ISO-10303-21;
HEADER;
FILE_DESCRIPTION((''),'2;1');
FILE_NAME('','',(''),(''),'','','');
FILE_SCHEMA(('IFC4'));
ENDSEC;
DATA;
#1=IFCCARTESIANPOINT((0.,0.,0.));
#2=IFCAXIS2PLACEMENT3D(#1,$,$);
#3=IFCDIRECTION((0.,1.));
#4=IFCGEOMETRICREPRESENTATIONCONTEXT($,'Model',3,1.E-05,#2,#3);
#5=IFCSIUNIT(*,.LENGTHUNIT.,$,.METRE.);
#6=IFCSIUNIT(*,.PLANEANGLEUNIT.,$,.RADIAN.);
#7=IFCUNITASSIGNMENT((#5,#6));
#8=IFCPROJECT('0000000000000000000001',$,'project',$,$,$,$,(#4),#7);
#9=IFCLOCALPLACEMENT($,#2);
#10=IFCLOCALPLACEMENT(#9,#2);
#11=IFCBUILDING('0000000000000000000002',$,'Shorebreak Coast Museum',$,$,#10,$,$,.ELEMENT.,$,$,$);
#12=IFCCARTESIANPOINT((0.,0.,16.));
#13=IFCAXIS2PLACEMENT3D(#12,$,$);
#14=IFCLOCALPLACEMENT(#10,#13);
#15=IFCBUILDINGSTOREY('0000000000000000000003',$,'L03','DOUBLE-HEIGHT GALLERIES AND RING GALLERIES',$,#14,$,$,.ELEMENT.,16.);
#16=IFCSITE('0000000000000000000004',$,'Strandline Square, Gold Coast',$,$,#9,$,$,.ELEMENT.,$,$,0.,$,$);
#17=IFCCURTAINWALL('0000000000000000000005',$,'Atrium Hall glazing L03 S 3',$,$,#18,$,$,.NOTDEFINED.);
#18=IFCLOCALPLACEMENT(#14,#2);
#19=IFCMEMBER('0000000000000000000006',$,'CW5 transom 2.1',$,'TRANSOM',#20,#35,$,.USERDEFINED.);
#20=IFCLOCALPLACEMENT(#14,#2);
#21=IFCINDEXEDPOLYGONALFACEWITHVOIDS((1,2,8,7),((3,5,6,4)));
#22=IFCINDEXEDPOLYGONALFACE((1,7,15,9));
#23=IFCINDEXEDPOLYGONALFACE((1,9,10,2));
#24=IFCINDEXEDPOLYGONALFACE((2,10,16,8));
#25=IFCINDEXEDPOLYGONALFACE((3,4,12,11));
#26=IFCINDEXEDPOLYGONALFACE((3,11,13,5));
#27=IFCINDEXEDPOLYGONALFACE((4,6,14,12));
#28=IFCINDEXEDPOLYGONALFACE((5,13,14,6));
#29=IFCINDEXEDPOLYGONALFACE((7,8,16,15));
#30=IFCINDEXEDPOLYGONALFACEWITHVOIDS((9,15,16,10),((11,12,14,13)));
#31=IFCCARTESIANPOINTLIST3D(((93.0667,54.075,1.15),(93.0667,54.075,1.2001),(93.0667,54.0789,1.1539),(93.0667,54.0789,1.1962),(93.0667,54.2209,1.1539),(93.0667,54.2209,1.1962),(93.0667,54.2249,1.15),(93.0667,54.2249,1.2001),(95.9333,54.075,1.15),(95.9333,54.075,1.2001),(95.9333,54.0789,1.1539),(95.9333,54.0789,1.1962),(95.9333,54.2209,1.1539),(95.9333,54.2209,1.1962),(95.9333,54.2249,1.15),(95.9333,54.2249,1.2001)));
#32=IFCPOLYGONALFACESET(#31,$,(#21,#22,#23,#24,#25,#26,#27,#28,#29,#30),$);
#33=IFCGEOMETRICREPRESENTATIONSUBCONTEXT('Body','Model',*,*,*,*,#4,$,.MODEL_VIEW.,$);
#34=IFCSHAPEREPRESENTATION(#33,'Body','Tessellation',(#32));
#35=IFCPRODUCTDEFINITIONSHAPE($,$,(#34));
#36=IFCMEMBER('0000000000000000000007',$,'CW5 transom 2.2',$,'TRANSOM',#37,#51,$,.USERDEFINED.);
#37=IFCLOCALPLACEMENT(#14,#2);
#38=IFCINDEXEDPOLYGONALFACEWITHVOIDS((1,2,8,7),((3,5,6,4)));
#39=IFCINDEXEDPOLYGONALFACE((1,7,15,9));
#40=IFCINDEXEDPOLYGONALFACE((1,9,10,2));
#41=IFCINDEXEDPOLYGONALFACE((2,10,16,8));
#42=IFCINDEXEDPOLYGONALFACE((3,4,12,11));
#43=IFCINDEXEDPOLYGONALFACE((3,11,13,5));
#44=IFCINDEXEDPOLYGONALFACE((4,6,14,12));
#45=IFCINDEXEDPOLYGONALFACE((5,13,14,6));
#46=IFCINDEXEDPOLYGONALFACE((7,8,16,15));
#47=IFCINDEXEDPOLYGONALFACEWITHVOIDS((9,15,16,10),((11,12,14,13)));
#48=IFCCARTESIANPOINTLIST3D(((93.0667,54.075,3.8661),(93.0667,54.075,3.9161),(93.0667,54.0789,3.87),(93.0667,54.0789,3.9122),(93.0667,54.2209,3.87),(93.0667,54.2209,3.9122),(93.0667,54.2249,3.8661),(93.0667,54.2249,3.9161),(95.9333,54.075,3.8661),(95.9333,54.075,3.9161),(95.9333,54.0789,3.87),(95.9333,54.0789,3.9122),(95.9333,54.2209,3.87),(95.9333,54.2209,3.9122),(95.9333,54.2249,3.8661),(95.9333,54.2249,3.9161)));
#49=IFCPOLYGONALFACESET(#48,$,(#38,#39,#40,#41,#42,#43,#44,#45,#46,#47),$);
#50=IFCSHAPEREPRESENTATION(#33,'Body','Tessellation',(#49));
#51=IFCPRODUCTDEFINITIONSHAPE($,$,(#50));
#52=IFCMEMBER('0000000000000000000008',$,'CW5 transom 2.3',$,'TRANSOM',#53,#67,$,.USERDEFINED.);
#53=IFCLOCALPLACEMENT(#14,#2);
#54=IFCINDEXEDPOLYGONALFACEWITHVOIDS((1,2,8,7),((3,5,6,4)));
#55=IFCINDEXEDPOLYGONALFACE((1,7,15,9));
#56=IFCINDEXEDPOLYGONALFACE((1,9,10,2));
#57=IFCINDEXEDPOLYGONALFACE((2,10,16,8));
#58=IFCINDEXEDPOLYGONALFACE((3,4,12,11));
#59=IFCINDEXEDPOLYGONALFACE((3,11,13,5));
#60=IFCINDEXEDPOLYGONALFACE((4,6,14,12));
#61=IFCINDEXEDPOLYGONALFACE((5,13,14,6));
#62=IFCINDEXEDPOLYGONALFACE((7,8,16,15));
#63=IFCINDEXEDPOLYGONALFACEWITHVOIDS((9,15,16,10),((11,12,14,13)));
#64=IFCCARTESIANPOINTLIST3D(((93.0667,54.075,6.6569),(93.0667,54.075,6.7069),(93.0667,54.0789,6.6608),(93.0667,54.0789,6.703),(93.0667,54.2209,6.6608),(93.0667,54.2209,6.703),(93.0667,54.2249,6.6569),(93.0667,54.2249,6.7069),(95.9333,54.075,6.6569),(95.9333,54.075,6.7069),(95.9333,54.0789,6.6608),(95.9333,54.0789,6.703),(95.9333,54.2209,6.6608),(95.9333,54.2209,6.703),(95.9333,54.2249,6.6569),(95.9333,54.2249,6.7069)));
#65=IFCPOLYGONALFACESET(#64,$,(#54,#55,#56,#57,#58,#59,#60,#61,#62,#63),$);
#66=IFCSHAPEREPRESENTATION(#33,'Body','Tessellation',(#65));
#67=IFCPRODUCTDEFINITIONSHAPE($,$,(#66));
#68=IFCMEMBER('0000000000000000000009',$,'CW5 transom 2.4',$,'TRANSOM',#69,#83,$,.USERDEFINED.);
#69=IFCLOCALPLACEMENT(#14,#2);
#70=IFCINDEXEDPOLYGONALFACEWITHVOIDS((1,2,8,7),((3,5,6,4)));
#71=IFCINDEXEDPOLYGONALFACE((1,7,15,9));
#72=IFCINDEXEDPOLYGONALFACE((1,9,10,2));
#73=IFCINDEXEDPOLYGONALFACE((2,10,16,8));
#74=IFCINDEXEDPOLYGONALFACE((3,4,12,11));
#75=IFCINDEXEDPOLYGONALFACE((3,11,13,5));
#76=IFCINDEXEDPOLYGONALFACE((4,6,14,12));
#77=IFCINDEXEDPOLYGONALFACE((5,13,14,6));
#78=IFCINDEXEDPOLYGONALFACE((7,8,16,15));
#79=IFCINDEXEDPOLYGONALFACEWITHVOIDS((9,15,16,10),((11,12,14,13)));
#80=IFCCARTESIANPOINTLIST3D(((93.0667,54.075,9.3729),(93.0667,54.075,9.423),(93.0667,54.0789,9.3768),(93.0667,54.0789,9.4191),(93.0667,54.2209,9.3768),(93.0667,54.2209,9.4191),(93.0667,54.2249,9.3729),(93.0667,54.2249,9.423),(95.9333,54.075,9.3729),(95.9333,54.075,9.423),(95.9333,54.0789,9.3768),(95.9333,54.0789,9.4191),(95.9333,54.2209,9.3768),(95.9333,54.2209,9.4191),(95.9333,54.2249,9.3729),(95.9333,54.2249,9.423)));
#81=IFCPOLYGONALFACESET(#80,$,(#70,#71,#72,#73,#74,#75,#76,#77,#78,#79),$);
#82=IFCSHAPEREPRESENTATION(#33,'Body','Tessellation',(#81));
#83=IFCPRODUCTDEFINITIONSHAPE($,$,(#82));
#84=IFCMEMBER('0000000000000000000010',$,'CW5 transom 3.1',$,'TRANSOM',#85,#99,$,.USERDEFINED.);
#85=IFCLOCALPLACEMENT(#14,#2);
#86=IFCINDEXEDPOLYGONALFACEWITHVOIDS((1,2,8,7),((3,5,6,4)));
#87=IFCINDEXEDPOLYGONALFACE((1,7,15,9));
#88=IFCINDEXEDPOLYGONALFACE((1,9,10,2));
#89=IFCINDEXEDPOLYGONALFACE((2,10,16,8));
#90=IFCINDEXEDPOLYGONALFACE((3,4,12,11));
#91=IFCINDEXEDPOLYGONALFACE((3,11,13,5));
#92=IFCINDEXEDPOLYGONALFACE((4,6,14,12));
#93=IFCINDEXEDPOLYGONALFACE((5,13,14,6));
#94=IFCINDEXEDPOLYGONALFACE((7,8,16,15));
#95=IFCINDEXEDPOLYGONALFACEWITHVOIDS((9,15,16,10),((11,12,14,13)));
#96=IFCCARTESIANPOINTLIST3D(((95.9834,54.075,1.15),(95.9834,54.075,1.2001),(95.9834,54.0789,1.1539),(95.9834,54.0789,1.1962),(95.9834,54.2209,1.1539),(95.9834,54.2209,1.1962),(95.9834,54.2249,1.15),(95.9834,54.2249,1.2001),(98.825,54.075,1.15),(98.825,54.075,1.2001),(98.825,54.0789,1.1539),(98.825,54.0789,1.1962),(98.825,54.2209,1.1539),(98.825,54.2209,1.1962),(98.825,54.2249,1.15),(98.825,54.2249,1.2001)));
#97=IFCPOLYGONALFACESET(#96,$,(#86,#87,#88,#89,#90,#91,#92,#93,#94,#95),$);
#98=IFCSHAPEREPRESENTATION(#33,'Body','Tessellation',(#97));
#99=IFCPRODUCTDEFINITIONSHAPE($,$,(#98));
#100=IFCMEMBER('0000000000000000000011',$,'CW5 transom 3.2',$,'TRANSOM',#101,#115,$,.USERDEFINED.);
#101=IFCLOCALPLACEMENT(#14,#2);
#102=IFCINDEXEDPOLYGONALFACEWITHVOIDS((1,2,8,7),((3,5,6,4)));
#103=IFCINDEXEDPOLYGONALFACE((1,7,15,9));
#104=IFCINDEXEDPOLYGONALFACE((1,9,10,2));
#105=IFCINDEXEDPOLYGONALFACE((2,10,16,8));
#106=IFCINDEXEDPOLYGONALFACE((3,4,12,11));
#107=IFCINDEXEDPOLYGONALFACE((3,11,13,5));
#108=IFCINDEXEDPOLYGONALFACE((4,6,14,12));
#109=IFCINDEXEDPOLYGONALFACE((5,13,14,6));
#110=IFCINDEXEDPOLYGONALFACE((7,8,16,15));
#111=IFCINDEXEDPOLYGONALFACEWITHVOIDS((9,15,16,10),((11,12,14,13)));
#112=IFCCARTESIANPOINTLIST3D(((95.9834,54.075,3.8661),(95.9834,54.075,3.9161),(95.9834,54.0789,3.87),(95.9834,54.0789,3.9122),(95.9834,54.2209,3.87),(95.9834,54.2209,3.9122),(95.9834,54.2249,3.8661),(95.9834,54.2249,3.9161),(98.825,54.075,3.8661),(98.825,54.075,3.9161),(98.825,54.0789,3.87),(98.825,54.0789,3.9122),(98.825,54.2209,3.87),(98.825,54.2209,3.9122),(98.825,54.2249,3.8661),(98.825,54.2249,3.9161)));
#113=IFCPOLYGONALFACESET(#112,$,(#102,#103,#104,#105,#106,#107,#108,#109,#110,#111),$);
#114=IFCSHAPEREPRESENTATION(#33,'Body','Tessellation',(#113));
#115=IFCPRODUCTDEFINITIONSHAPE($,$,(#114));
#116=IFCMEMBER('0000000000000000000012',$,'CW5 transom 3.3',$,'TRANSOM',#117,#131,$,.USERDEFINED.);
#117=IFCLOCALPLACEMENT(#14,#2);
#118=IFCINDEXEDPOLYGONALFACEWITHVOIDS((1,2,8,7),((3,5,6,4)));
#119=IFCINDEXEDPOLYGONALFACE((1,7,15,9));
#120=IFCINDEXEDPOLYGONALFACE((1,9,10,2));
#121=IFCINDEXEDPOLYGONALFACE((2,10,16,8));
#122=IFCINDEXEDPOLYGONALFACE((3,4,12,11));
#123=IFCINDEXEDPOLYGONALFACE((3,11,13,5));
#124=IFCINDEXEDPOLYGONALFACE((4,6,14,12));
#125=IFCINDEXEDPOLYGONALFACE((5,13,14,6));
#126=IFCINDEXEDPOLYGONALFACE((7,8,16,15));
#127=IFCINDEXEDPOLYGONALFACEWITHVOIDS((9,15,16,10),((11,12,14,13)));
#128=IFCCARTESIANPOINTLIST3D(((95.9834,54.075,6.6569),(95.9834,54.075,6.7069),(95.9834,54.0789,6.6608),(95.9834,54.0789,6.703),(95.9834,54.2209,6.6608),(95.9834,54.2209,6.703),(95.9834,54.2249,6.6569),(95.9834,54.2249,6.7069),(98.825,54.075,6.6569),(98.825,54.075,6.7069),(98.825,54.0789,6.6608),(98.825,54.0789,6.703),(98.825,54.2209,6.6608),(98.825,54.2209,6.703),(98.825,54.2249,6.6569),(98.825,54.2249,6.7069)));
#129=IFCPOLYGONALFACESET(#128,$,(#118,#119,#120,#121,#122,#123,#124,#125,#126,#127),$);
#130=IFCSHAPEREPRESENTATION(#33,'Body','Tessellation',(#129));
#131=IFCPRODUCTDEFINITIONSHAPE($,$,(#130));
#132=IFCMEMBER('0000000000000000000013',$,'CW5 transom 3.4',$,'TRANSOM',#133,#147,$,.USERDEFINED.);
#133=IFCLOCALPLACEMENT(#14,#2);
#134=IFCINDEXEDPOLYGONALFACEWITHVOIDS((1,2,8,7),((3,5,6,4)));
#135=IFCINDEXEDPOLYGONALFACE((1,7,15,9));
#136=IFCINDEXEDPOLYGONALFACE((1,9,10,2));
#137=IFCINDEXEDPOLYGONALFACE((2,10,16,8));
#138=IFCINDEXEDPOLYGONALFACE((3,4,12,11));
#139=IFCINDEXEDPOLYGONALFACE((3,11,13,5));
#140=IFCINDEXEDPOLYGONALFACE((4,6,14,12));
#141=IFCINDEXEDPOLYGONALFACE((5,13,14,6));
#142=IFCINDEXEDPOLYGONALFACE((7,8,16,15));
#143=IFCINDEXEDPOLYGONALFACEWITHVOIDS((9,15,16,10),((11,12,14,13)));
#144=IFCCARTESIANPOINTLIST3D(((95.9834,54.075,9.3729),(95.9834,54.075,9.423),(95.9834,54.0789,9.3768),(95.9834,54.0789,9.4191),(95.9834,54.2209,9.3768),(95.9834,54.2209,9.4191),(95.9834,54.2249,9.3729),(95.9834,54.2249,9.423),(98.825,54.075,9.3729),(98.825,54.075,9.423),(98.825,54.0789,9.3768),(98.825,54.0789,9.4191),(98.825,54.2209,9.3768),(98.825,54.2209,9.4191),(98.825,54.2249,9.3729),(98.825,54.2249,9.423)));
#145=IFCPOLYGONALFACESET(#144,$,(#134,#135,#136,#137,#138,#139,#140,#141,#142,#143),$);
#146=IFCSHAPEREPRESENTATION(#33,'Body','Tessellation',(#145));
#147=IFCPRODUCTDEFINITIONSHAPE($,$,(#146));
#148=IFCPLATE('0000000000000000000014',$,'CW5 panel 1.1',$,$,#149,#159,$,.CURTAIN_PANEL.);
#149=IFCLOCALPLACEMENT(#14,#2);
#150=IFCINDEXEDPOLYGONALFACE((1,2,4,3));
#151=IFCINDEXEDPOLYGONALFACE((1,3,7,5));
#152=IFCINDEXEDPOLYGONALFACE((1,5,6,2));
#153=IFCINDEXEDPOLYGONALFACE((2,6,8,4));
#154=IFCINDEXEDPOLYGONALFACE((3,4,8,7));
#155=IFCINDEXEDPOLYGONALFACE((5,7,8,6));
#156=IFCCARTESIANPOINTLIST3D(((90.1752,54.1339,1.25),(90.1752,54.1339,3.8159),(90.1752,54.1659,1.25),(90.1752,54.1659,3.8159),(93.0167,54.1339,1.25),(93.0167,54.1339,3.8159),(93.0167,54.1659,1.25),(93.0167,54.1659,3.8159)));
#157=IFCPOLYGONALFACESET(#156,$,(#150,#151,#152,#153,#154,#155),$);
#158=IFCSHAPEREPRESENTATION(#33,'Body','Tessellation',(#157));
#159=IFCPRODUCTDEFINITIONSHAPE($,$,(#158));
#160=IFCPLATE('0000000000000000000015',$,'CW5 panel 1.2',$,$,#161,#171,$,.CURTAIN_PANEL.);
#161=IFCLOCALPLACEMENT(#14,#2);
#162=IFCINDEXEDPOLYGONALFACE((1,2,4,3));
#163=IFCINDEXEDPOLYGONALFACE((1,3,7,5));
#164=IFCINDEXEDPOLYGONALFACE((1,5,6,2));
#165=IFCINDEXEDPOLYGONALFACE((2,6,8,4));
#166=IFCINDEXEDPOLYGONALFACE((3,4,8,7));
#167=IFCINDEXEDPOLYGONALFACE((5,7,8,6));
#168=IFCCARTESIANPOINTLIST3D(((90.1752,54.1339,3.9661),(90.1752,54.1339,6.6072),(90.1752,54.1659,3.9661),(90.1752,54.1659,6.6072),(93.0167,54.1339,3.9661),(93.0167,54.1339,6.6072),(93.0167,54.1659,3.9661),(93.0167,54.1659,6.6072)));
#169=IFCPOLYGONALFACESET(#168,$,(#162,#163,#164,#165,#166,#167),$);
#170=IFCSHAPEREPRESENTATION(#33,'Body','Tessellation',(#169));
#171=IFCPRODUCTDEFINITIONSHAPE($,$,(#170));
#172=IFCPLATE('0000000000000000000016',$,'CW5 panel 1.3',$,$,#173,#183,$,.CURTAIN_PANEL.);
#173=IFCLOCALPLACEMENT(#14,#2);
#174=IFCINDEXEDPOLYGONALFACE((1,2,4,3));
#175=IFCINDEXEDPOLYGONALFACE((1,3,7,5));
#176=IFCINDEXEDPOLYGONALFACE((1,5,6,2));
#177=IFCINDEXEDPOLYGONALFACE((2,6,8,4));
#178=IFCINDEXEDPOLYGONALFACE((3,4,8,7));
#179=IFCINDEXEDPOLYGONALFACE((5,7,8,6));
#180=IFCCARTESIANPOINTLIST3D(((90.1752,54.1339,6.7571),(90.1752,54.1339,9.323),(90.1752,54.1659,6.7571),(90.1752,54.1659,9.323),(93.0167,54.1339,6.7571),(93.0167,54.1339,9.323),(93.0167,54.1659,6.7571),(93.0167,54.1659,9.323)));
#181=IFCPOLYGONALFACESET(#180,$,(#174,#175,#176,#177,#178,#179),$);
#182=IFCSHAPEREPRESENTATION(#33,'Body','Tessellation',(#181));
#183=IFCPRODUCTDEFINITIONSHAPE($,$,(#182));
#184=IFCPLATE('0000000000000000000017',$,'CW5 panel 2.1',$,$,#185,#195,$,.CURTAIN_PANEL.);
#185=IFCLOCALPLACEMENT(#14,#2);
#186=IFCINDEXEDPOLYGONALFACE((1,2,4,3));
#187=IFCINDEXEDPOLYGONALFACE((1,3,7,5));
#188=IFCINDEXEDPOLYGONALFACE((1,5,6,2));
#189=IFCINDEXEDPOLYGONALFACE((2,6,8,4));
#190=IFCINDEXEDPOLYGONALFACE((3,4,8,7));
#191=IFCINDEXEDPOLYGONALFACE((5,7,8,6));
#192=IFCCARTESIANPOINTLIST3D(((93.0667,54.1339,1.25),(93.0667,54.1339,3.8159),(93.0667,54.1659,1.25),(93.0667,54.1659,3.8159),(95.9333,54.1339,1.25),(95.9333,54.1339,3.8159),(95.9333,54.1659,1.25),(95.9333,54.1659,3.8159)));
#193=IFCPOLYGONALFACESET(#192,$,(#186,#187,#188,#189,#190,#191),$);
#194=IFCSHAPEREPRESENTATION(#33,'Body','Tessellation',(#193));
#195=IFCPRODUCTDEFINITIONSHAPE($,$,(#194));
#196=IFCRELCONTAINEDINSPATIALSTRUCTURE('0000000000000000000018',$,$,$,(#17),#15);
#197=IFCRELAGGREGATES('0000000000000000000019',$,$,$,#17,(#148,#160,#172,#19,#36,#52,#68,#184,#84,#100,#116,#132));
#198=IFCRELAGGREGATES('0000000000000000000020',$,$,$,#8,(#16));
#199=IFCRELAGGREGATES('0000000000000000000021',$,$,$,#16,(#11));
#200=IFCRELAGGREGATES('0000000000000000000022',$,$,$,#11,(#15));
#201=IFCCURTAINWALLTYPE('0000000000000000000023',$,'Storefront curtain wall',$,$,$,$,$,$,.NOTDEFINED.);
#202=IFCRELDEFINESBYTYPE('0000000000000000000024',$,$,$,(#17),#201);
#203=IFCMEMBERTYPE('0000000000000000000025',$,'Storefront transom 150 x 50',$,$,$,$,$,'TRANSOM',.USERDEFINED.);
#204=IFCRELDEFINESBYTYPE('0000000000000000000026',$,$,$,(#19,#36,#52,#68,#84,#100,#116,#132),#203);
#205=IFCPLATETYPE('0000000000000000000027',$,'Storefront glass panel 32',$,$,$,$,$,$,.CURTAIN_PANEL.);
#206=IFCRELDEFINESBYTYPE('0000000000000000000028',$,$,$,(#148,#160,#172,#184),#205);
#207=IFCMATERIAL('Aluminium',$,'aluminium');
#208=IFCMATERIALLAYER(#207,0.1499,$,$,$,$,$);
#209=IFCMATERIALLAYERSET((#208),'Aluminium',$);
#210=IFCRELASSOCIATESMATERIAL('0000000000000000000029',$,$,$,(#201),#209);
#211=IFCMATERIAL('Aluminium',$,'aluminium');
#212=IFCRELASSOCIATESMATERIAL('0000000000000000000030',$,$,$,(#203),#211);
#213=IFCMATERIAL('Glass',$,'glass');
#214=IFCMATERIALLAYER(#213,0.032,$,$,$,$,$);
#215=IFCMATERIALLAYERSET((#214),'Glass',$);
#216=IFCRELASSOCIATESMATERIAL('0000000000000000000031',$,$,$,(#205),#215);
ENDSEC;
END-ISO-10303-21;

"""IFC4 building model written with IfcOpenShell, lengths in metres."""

from ifc_helpers import new_model, si_unit, direction, frame, origin, origin_2d, place, context, subcontext, project, spatial, rectangle, hollow_rectangle, extrude, material, layer, layer_set, material_profile, profile_set, type_object, element, aggregate, save


model = new_model("IFC4")

# Units and contexts
model_context = context("Model", 3, precision=1e-05, world=origin(), true_north=direction((0.0, 1.0)))
body_context = subcontext(model_context, "Body", "Model", "MODEL_VIEW")
ifc_project = project(units=[si_unit("LENGTHUNIT", "METRE"), si_unit("PLANEANGLEUNIT", "RADIAN")], contexts=[model_context])

# Site, building, storey
site_placement = place(None, origin())
site = spatial("IfcSite", under=ifc_project, at=site_placement, Name="Strandline Square, Gold Coast", CompositionType="ELEMENT", RefElevation=0.0)
building_placement = place(site_placement, origin())
building = spatial("IfcBuilding", under=site, at=building_placement, Name="Shorebreak Coast Museum", CompositionType="ELEMENT")
storey_placement = place(building_placement, frame((0.0, 0.0, 16.0)))
storey = spatial("IfcBuildingStorey", under=building, at=storey_placement, Name="L03", Description="DOUBLE-HEIGHT GALLERIES AND RING GALLERIES", CompositionType="ELEMENT", Elevation=16.0)

# Curtain wall, members, plates
ifc_material_1 = material(Name="Aluminium", Category="aluminium")
ifc_layer_1 = layer(ifc_material_1, 0.1499)
ifc_layer_set_1 = layer_set([ifc_layer_1], Name="Aluminium")
curtain_wall_type = type_object("IfcCurtainWallType", Name="Storefront curtain wall", PredefinedType="NOTDEFINED", material=ifc_layer_set_1)
curtain_wall_placement = place(storey_placement, origin())
curtain_wall = element("IfcCurtainWall", 1, at=curtain_wall_placement, inside=storey, type_object=curtain_wall_type, Name="Atrium Hall glazing L03 S 3", PredefinedType="NOTDEFINED")
ifc_material_2 = material(Name="Aluminium", Category="aluminium")
ifc_material_profile_1 = material_profile(ifc_material_2, hollow_rectangle(XDim=0.1499, YDim=0.05, WallThickness=0.0039, at=origin_2d()), Name="AL 50x150 RHS")
ifc_profile_set_1 = profile_set([ifc_material_profile_1], Name="Aluminium")
member_type_1 = type_object("IfcMemberType", Name="Storefront transom 150 x 50", ElementType="TRANSOM", PredefinedType="USERDEFINED", material=ifc_profile_set_1)
member_1_placement = place(storey_placement, frame((93.0667, 54.1499, 1.175), z_axis=(1.0, 0.0, 0.0), x_axis=(0.0, 1.0, 0.0)))
member_1 = element("IfcMember", 2, at=member_1_placement, type_object=member_type_1, Name="CW5 transom 2.1", ObjectType="TRANSOM", PredefinedType="USERDEFINED", context=body_context, shape_type="SweptSolid", body=[
    extrude(hollow_rectangle(XDim=0.1499, YDim=0.05, WallThickness=0.0039, at=origin_2d()), origin(), (0.0, 0.0, 1.0), 2.8667),
])
member_2_placement = place(storey_placement, frame((93.0667, 54.1499, 3.8911), z_axis=(1.0, 0.0, 0.0), x_axis=(0.0, 1.0, 0.0)))
member_2 = element("IfcMember", 3, at=member_2_placement, type_object=member_type_1, Name="CW5 transom 2.2", ObjectType="TRANSOM", PredefinedType="USERDEFINED", context=body_context, shape_type="SweptSolid", body=[
    extrude(hollow_rectangle(XDim=0.1499, YDim=0.05, WallThickness=0.0039, at=origin_2d()), origin(), (0.0, 0.0, 1.0), 2.8667),
])
member_3_placement = place(storey_placement, frame((93.0667, 54.1499, 6.6819), z_axis=(1.0, 0.0, 0.0), x_axis=(0.0, 1.0, 0.0)))
member_3 = element("IfcMember", 4, at=member_3_placement, type_object=member_type_1, Name="CW5 transom 2.3", ObjectType="TRANSOM", PredefinedType="USERDEFINED", context=body_context, shape_type="SweptSolid", body=[
    extrude(hollow_rectangle(XDim=0.1499, YDim=0.05, WallThickness=0.0039, at=origin_2d()), origin(), (0.0, 0.0, 1.0), 2.8667),
])
member_4_placement = place(storey_placement, frame((93.0667, 54.1499, 9.3979), z_axis=(1.0, 0.0, 0.0), x_axis=(0.0, 1.0, 0.0)))
member_4 = element("IfcMember", 5, at=member_4_placement, type_object=member_type_1, Name="CW5 transom 2.4", ObjectType="TRANSOM", PredefinedType="USERDEFINED", context=body_context, shape_type="SweptSolid", body=[
    extrude(hollow_rectangle(XDim=0.1499, YDim=0.05, WallThickness=0.0039, at=origin_2d()), origin(), (0.0, 0.0, 1.0), 2.8667),
])
member_5_placement = place(storey_placement, frame((95.9834, 54.1499, 1.175), z_axis=(1.0, 0.0, 0.0), x_axis=(0.0, 1.0, 0.0)))
member_5 = element("IfcMember", 6, at=member_5_placement, type_object=member_type_1, Name="CW5 transom 3.1", ObjectType="TRANSOM", PredefinedType="USERDEFINED", context=body_context, shape_type="SweptSolid", body=[
    extrude(hollow_rectangle(XDim=0.1499, YDim=0.05, WallThickness=0.0039, at=origin_2d()), origin(), (0.0, 0.0, 1.0), 2.8416),
])
member_6_placement = place(storey_placement, frame((95.9834, 54.1499, 3.8911), z_axis=(1.0, 0.0, 0.0), x_axis=(0.0, 1.0, 0.0)))
member_6 = element("IfcMember", 7, at=member_6_placement, type_object=member_type_1, Name="CW5 transom 3.2", ObjectType="TRANSOM", PredefinedType="USERDEFINED", context=body_context, shape_type="SweptSolid", body=[
    extrude(hollow_rectangle(XDim=0.1499, YDim=0.05, WallThickness=0.0039, at=origin_2d()), origin(), (0.0, 0.0, 1.0), 2.8416),
])
member_7_placement = place(storey_placement, frame((95.9834, 54.1499, 6.6819), z_axis=(1.0, 0.0, 0.0), x_axis=(0.0, 1.0, 0.0)))
member_7 = element("IfcMember", 8, at=member_7_placement, type_object=member_type_1, Name="CW5 transom 3.3", ObjectType="TRANSOM", PredefinedType="USERDEFINED", context=body_context, shape_type="SweptSolid", body=[
    extrude(hollow_rectangle(XDim=0.1499, YDim=0.05, WallThickness=0.0039, at=origin_2d()), origin(), (0.0, 0.0, 1.0), 2.8416),
])
member_8_placement = place(storey_placement, frame((95.9834, 54.1499, 9.3979), z_axis=(1.0, 0.0, 0.0), x_axis=(0.0, 1.0, 0.0)))
member_8 = element("IfcMember", 9, at=member_8_placement, type_object=member_type_1, Name="CW5 transom 3.4", ObjectType="TRANSOM", PredefinedType="USERDEFINED", context=body_context, shape_type="SweptSolid", body=[
    extrude(hollow_rectangle(XDim=0.1499, YDim=0.05, WallThickness=0.0039, at=origin_2d()), origin(), (0.0, 0.0, 1.0), 2.8416),
])
ifc_material_3 = material(Name="Glass", Category="glass")
ifc_layer_2 = layer(ifc_material_3, 0.032)
ifc_layer_set_2 = layer_set([ifc_layer_2], Name="Glass")
plate_type = type_object("IfcPlateType", Name="Storefront glass panel 32", PredefinedType="CURTAIN_PANEL", material=ifc_layer_set_2)
plate_1_placement = place(storey_placement, frame((91.5959, 54.1499, 1.25), z_axis=(0.0, 0.0, 1.0), x_axis=(1.0, 0.0, 0.0)))
plate_1 = element("IfcPlate", 10, at=plate_1_placement, type_object=plate_type, Name="CW5 panel 1.1", PredefinedType="CURTAIN_PANEL", context=body_context, shape_type="SweptSolid", body=[
    extrude(rectangle(XDim=2.8416, YDim=0.032, at=origin_2d()), origin(), (0.0, 0.0, 1.0), 2.5659),
])
plate_2_placement = place(storey_placement, frame((91.5959, 54.1499, 3.9661), z_axis=(0.0, 0.0, 1.0), x_axis=(1.0, 0.0, 0.0)))
plate_2 = element("IfcPlate", 11, at=plate_2_placement, type_object=plate_type, Name="CW5 panel 1.2", PredefinedType="CURTAIN_PANEL", context=body_context, shape_type="SweptSolid", body=[
    extrude(rectangle(XDim=2.8416, YDim=0.032, at=origin_2d()), origin(), (0.0, 0.0, 1.0), 2.6411),
])
plate_3_placement = place(storey_placement, frame((91.5959, 54.1499, 6.7571), z_axis=(0.0, 0.0, 1.0), x_axis=(1.0, 0.0, 0.0)))
plate_3 = element("IfcPlate", 12, at=plate_3_placement, type_object=plate_type, Name="CW5 panel 1.3", PredefinedType="CURTAIN_PANEL", context=body_context, shape_type="SweptSolid", body=[
    extrude(rectangle(XDim=2.8416, YDim=0.032, at=origin_2d()), origin(), (0.0, 0.0, 1.0), 2.5659),
])
plate_4_placement = place(storey_placement, frame((94.5, 54.1499, 1.25), z_axis=(0.0, 0.0, 1.0), x_axis=(1.0, 0.0, 0.0)))
plate_4 = element("IfcPlate", 13, at=plate_4_placement, type_object=plate_type, Name="CW5 panel 2.1", PredefinedType="CURTAIN_PANEL", context=body_context, shape_type="SweptSolid", body=[
    extrude(rectangle(XDim=2.8667, YDim=0.032, at=origin_2d()), origin(), (0.0, 0.0, 1.0), 2.5659),
])
aggregate(curtain_wall, [plate_1, plate_2, plate_3, member_1, member_2, member_3, member_4, plate_4, member_5, member_6, member_7, member_8])

save(model, "model.ifc")
